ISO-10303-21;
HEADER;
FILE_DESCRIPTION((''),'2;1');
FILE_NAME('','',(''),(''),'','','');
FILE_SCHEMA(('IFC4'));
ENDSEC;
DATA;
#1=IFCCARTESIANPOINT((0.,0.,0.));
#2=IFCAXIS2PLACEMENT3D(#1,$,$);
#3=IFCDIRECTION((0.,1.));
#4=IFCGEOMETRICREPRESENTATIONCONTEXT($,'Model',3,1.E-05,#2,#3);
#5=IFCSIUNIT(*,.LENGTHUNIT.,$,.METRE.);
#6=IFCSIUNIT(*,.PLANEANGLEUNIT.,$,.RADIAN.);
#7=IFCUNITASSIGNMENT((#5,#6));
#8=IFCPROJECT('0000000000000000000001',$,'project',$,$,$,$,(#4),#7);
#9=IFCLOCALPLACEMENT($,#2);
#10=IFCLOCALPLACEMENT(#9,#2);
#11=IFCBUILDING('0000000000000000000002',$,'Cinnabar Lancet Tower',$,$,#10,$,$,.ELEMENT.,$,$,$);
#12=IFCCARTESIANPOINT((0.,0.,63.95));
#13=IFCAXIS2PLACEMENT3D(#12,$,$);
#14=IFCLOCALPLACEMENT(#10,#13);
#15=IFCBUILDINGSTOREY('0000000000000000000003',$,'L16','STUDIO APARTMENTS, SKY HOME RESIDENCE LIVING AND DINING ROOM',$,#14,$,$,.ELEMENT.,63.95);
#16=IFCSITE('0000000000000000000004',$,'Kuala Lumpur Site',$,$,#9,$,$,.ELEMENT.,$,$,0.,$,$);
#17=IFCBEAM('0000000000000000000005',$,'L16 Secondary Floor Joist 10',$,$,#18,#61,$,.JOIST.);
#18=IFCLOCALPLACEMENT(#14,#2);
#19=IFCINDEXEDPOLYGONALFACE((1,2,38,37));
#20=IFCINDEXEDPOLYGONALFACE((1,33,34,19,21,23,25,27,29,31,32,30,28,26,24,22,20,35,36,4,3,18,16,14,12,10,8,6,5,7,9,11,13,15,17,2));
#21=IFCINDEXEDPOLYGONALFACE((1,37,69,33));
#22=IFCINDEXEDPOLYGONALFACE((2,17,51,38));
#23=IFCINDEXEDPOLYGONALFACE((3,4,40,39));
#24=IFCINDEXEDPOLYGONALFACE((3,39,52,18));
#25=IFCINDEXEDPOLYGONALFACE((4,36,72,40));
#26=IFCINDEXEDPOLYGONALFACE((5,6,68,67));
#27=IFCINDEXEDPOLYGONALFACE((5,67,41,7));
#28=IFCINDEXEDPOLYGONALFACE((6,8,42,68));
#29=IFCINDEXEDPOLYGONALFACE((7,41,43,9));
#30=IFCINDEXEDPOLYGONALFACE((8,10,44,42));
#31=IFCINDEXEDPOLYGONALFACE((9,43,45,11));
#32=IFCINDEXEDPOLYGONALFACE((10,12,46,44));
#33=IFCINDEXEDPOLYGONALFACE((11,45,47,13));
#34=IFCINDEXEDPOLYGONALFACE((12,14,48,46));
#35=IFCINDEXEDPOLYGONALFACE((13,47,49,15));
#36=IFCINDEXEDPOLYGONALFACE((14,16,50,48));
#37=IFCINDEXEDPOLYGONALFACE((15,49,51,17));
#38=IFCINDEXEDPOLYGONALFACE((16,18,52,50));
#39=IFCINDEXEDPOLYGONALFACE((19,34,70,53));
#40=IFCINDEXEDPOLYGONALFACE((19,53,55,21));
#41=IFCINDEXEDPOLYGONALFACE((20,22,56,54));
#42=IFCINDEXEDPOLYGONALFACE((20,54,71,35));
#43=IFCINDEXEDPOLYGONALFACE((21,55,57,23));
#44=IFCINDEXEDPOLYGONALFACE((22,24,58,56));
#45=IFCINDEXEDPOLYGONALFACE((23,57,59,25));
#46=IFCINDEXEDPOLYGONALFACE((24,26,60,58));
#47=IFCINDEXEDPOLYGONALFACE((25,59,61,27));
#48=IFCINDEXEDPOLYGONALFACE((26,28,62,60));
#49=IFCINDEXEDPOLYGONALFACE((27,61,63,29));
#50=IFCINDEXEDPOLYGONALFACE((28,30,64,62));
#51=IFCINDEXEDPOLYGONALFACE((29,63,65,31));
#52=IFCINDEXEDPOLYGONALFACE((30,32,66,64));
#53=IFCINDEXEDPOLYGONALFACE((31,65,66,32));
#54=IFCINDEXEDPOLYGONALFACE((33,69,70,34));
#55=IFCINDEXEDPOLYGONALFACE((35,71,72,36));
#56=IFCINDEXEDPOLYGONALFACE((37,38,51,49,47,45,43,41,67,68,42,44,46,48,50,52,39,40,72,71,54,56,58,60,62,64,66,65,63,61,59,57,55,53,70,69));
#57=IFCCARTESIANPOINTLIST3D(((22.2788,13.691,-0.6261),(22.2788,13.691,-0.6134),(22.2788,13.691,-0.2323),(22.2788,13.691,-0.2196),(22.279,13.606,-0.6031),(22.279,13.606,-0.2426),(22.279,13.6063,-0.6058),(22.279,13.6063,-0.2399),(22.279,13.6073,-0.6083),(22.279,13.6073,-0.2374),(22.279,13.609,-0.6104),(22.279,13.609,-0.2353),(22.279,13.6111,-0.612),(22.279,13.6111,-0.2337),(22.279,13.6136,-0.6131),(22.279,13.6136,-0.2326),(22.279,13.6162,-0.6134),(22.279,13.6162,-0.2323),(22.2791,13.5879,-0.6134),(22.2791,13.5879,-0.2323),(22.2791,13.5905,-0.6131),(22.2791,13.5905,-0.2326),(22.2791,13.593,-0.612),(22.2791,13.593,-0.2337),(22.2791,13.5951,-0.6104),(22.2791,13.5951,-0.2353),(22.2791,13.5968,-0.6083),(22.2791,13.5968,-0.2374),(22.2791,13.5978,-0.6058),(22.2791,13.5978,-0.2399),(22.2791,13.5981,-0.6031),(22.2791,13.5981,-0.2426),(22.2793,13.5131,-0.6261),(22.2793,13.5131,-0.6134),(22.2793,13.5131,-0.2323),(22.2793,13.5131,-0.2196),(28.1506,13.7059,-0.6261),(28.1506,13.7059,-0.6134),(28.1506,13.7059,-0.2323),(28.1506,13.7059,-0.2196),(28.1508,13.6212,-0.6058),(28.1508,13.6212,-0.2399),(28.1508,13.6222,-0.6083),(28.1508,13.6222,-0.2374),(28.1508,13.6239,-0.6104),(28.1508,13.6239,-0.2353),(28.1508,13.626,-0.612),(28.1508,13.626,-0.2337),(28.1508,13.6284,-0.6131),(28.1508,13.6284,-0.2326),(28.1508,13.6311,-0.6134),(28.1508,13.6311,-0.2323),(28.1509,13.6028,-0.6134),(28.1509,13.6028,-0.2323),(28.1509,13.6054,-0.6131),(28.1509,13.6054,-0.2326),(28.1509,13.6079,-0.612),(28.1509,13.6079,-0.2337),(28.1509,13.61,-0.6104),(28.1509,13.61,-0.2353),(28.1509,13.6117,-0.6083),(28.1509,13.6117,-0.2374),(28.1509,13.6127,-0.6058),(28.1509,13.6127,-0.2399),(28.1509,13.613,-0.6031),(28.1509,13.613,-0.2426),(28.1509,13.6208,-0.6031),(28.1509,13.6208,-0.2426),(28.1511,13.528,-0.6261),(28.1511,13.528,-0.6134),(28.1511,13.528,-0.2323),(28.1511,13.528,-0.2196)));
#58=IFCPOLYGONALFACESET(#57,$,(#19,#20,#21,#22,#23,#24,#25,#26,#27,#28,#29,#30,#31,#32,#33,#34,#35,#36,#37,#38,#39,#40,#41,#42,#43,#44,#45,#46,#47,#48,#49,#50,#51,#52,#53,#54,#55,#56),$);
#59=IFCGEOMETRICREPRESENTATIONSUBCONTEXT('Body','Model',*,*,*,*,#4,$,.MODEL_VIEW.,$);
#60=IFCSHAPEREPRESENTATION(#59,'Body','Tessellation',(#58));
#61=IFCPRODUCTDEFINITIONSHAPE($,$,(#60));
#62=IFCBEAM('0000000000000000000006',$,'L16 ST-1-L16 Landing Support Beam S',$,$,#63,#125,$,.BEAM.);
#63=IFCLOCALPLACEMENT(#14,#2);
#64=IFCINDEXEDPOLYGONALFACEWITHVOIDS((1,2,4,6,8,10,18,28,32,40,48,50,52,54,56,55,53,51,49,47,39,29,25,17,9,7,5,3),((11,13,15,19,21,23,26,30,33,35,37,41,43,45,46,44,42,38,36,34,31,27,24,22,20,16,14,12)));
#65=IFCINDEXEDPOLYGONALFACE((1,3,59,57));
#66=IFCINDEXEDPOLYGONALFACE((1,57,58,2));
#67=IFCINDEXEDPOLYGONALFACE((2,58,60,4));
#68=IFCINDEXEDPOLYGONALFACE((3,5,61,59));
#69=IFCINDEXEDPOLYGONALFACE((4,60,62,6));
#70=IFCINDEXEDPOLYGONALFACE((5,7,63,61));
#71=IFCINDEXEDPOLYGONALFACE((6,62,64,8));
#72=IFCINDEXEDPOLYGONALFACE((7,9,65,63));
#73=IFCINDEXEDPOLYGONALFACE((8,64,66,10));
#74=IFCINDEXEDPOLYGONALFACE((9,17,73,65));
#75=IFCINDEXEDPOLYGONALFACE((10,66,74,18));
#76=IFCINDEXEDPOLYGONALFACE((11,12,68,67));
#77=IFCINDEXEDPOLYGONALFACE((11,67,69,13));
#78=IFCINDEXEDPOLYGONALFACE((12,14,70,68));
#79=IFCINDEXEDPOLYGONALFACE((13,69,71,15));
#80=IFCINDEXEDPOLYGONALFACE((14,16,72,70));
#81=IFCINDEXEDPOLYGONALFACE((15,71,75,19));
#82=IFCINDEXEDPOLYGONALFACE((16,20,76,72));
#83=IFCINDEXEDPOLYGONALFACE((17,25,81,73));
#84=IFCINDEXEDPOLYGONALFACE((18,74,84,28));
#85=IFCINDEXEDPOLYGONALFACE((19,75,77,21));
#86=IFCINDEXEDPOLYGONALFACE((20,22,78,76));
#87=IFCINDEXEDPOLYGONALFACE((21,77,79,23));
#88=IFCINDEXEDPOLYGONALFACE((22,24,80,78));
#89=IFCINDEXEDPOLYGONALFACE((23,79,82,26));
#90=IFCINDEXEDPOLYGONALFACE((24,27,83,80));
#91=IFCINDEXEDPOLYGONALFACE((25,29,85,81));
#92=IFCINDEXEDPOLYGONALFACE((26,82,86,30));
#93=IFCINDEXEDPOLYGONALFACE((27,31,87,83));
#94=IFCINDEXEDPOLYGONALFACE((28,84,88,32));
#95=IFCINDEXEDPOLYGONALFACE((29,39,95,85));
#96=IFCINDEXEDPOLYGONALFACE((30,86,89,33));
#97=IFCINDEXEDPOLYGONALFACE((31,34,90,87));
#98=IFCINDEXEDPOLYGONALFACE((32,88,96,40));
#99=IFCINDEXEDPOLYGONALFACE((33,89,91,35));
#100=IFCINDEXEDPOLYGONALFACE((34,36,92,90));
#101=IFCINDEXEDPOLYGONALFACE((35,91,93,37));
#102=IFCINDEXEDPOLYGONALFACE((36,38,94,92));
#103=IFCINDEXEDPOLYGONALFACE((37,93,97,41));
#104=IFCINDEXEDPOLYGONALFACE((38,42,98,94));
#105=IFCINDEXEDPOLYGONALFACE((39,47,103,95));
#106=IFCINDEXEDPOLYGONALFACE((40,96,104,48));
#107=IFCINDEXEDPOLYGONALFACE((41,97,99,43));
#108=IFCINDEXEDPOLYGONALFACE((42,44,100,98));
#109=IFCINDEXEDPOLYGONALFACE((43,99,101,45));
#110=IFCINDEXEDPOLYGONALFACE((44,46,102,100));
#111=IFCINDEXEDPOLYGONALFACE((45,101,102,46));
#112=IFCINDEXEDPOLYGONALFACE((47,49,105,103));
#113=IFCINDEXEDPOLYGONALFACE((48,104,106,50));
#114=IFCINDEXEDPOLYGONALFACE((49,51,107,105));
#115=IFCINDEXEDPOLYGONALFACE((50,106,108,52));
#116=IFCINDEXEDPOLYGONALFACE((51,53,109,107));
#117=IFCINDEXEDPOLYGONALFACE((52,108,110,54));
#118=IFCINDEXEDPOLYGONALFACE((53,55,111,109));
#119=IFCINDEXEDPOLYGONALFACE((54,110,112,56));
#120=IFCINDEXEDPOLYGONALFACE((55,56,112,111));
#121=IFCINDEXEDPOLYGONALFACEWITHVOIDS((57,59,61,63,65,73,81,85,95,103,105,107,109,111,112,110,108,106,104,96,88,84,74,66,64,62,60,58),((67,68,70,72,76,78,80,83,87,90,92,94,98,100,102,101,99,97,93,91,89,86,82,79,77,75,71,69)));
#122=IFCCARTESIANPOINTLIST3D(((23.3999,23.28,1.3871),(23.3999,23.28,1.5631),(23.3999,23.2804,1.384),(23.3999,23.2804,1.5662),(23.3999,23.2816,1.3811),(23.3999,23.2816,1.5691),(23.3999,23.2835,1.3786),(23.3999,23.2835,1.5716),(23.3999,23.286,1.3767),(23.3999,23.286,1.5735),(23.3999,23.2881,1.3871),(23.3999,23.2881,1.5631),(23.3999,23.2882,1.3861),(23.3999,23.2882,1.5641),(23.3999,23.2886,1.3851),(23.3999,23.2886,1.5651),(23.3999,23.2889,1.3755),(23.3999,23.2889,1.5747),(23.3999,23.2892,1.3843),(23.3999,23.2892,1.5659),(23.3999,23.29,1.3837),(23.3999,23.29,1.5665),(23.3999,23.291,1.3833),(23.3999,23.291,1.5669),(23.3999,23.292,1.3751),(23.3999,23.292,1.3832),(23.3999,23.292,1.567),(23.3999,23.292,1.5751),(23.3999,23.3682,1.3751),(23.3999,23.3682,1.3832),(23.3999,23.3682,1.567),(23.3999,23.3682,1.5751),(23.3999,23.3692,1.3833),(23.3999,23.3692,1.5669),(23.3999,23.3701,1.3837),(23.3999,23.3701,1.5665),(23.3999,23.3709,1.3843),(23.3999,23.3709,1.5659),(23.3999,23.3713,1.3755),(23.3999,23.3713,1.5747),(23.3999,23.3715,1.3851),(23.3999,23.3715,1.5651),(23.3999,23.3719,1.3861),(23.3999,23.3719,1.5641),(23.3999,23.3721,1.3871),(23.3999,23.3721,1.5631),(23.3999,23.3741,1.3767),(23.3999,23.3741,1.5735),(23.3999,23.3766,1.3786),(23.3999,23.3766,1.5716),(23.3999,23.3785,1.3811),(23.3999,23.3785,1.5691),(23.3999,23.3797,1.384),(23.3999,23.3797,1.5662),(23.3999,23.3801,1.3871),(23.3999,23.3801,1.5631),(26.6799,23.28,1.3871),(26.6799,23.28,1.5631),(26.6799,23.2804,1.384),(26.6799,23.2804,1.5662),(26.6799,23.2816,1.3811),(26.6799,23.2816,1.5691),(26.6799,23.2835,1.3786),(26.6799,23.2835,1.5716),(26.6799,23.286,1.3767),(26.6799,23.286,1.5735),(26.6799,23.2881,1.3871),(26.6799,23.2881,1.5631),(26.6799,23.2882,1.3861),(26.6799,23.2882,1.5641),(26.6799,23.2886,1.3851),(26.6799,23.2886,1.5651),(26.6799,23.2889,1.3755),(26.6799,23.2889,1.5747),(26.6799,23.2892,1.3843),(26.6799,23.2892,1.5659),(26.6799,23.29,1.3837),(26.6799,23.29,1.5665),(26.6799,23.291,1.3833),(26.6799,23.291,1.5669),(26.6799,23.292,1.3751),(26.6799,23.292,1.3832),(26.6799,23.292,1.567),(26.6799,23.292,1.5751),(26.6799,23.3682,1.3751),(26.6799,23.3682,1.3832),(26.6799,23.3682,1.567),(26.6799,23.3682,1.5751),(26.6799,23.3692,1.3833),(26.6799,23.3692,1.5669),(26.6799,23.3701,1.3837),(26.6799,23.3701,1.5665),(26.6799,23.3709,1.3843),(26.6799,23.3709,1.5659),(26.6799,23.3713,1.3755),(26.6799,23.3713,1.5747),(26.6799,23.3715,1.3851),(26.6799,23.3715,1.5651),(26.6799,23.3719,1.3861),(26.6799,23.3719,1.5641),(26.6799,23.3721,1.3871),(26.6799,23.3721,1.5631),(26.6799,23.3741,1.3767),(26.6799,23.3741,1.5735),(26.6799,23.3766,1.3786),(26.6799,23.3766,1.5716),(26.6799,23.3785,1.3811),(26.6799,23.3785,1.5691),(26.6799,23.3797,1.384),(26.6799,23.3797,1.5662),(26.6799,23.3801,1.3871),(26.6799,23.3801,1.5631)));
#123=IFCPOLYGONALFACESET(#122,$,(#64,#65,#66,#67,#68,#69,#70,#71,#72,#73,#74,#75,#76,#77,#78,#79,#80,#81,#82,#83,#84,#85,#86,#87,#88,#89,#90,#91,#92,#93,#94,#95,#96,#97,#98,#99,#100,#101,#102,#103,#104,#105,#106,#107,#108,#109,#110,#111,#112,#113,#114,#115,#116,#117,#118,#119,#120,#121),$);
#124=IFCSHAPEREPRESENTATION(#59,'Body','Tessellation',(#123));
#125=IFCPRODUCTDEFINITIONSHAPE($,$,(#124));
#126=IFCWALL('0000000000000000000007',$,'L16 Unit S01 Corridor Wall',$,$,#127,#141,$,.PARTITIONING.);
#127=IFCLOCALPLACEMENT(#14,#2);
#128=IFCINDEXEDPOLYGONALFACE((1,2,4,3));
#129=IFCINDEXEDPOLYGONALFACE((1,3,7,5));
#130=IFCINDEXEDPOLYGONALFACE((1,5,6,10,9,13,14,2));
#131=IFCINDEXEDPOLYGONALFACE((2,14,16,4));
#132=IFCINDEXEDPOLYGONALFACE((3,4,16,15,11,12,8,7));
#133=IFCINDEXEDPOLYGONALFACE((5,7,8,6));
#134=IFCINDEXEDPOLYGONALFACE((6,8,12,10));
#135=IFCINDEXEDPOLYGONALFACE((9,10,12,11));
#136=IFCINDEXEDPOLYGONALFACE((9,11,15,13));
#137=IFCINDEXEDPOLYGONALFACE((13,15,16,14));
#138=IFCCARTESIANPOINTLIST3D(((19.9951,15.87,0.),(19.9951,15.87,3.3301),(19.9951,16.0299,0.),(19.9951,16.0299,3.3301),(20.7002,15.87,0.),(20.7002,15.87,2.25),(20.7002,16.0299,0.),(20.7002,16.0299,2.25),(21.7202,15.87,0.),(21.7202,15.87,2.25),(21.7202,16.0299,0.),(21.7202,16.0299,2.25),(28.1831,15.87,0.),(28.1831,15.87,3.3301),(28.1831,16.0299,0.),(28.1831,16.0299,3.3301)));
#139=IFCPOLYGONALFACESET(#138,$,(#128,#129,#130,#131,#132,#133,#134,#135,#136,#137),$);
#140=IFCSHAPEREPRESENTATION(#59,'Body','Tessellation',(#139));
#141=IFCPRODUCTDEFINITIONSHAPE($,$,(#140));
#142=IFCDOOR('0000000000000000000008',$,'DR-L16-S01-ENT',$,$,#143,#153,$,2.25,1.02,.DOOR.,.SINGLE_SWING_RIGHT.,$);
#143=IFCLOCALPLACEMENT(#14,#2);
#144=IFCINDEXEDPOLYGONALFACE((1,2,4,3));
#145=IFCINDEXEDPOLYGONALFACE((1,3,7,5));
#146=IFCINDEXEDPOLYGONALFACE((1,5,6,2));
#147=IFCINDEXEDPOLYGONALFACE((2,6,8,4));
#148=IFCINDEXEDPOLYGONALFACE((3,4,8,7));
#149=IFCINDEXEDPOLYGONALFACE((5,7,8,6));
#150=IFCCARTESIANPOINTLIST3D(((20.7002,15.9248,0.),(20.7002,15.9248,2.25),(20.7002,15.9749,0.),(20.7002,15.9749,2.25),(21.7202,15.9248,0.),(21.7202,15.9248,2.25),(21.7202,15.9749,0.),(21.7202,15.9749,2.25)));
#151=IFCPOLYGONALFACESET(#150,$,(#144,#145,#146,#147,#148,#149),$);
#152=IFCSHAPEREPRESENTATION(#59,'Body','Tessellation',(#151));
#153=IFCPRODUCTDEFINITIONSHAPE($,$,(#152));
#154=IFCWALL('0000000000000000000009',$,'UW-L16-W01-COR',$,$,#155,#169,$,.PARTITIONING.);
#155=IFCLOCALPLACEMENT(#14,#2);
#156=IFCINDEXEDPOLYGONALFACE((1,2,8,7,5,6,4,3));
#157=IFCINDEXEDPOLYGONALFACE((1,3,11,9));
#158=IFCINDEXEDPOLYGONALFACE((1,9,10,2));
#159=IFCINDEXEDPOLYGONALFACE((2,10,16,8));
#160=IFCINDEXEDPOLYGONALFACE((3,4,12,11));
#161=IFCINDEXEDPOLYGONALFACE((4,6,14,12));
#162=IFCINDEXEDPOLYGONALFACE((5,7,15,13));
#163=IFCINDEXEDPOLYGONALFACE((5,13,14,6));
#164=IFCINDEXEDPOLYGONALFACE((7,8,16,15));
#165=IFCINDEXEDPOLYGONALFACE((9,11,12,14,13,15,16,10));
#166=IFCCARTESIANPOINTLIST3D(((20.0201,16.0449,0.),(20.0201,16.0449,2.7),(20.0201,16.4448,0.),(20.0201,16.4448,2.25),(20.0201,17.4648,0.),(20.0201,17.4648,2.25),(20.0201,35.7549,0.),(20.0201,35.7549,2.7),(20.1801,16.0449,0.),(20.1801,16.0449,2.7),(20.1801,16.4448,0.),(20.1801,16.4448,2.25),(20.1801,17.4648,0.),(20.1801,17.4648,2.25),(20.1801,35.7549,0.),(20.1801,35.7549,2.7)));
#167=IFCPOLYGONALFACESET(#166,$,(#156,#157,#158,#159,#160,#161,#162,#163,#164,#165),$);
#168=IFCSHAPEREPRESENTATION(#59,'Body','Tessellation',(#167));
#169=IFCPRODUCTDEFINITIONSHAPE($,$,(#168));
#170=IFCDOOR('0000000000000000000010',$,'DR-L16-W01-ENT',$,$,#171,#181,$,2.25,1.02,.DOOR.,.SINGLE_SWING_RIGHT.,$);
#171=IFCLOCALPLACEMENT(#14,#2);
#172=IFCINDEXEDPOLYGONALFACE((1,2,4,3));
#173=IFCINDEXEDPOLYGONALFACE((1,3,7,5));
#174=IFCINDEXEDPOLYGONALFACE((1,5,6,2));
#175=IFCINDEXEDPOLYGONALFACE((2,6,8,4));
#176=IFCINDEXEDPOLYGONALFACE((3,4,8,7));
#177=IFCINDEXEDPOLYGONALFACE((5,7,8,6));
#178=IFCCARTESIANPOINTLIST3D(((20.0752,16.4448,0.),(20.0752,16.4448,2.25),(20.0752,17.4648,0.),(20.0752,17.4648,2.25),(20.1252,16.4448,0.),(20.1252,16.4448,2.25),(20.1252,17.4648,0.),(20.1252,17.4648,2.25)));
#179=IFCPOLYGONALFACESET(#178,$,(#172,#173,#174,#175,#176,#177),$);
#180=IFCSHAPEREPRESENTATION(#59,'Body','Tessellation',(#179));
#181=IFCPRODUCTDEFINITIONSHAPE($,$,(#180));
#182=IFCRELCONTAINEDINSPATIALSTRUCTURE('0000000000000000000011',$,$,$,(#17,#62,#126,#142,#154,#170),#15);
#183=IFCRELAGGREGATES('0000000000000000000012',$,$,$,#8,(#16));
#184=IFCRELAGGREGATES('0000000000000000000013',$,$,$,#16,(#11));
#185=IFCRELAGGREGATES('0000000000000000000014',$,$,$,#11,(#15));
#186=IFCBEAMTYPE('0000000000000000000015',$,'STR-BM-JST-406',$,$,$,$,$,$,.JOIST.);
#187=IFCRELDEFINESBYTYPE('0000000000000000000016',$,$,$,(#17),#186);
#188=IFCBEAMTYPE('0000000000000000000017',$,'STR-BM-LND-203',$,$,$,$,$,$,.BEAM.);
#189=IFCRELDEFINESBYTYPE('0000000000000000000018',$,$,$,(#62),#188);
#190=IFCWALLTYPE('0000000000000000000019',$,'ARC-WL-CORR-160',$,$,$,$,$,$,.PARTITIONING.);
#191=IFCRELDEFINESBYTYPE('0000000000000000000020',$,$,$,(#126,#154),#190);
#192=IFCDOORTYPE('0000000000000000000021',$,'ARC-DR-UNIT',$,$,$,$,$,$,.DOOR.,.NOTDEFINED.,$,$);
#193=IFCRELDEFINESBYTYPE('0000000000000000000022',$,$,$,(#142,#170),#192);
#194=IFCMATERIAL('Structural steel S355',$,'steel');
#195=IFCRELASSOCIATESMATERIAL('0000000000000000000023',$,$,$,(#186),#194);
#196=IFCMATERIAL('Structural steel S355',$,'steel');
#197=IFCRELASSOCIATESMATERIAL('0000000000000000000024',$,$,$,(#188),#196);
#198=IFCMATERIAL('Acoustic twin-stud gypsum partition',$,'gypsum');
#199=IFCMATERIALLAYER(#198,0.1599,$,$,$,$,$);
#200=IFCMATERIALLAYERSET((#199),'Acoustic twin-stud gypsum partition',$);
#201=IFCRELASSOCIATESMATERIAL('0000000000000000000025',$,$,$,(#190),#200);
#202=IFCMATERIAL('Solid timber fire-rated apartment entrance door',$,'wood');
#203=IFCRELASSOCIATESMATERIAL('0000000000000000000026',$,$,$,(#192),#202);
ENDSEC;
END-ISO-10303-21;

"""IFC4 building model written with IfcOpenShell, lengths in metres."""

from ifc_helpers import new_model, si_unit, direction, frame, frame_2d, origin, origin_2d, place, context, subcontext, project, spatial, rectangle, hollow_rectangle, i_section, extrude, material, layer, layer_set, material_profile, profile_set, type_object, element, fill, save


model = new_model("IFC4")

# Units and contexts
model_context = context("Model", 3, precision=1e-05, world=origin(), true_north=direction((0.0, 1.0)))
body_context = subcontext(model_context, "Body", "Model", "MODEL_VIEW")
ifc_project = project(units=[si_unit("LENGTHUNIT", "METRE"), si_unit("PLANEANGLEUNIT", "RADIAN")], contexts=[model_context])

# Site, building, storey
site_placement = place(None, origin())
site = spatial("IfcSite", under=ifc_project, at=site_placement, Name="Kuala Lumpur Site", CompositionType="ELEMENT", RefElevation=0.0)
building_placement = place(site_placement, origin())
building = spatial("IfcBuilding", under=site, at=building_placement, Name="Cinnabar Lancet Tower", CompositionType="ELEMENT")
storey_placement = place(building_placement, frame((0.0, 0.0, 63.95)))
storey = spatial("IfcBuildingStorey", under=building, at=storey_placement, Name="L16", Description="STUDIO APARTMENTS, SKY HOME RESIDENCE LIVING AND DINING ROOM", CompositionType="ELEMENT", Elevation=63.95)

# Beams
ifc_material_1 = material(Name="Structural steel S355", Category="steel")
ifc_material_profile_1 = material_profile(ifc_material_1, i_section(OverallWidth=0.178, OverallDepth=0.4065, WebThickness=0.0078, FlangeThickness=0.0127, FilletRadius=0.0103, at=origin_2d()), Name="UKB 406x178x60")
ifc_profile_set_1 = profile_set([ifc_material_profile_1], Name="Structural steel S355")
beam_type_1 = type_object("IfcBeamType", Name="STR-BM-JST-406", PredefinedType="JOIST", material=ifc_profile_set_1)
beam_1_placement = place(storey_placement, frame((22.2791, 13.6021, -0.4229), z_axis=(0.999997, 0.002536, 0.0), x_axis=(-0.002536, 0.999997, 0.0)))
element("IfcBeam", 1, at=beam_1_placement, inside=storey, type_object=beam_type_1, Name="L16 Secondary Floor Joist 10", PredefinedType="JOIST", context=body_context, shape_type="SweptSolid", body=[
    extrude(i_section(OverallWidth=0.178, OverallDepth=0.4065, WebThickness=0.0078, FlangeThickness=0.0127, FilletRadius=0.0103, at=origin_2d()), origin(), (0.0, 0.0, 1.0), 5.8718),
])
ifc_material_2 = material(Name="Structural steel S355", Category="steel")
ifc_material_profile_2 = material_profile(ifc_material_2, hollow_rectangle(XDim=0.1001, YDim=0.2, WallThickness=0.0081, InnerFilletRadius=0.0039, OuterFilletRadius=0.012, at=origin_2d()), Name="RHS 200x100x8")
ifc_profile_set_2 = profile_set([ifc_material_profile_2], Name="Structural steel S355")
beam_type_2 = type_object("IfcBeamType", Name="STR-BM-LND-203", PredefinedType="BEAM", material=ifc_profile_set_2)
beam_2_placement = place(storey_placement, frame((23.3999, 23.3301, 1.4751), z_axis=(1.0, 0.0, 0.0), x_axis=(0.0, 1.0, 0.0)))
element("IfcBeam", 2, at=beam_2_placement, inside=storey, type_object=beam_type_2, Name="L16 ST-1-L16 Landing Support Beam S", PredefinedType="BEAM", context=body_context, shape_type="SweptSolid", body=[
    extrude(hollow_rectangle(XDim=0.1001, YDim=0.2, WallThickness=0.0081, InnerFilletRadius=0.0039, OuterFilletRadius=0.012, at=origin_2d()), origin(), (0.0, 0.0, 1.0), 3.28),
])

# Walls, openings, doors
ifc_material_3 = material(Name="Acoustic twin-stud gypsum partition", Category="gypsum")
ifc_layer_1 = layer(ifc_material_3, 0.1599)
ifc_layer_set_1 = layer_set([ifc_layer_1], Name="Acoustic twin-stud gypsum partition")
wall_type_1 = type_object("IfcWallType", Name="ARC-WL-CORR-160", PredefinedType="PARTITIONING", material=ifc_layer_set_1)
wall_1_placement = place(storey_placement, frame((19.9951, 15.95, 0.0), z_axis=(0.0, 0.0, 1.0), x_axis=(1.0, 0.0, 0.0)))
wall_1 = element("IfcWall", 3, at=wall_1_placement, inside=storey, type_object=wall_type_1, Name="L16 Unit S01 Corridor Wall", PredefinedType="PARTITIONING", context=body_context, shape_type="SweptSolid", body=[
    extrude(rectangle(XDim=8.188, YDim=0.1599, at=frame_2d((4.094, 0.0))), origin(), (0.0, 0.0, 1.0), 3.3301),
])
opening_1_placement = place(wall_1_placement, frame((0.7051, 0.0, 0.0)))
opening_1 = element("IfcOpeningElement", 4, at=opening_1_placement, cuts=wall_1, PredefinedType="OPENING", context=body_context, shape_type="SweptSolid", body=[
    extrude(rectangle(XDim=1.02, YDim=2.25, at=frame_2d((0.51, 1.125))), frame((0.0, 0.0898, 0.0), z_axis=(0.0, -1.0, 0.0), x_axis=(1.0, 0.0, 0.0)), (0.0, 0.0, 1.0), 0.1799),
])
ifc_material_4 = material(Name="Solid timber fire-rated apartment entrance door", Category="wood")
door_type_1 = type_object("IfcDoorType", Name="ARC-DR-UNIT", OperationType="NOTDEFINED", PredefinedType="DOOR", material=ifc_material_4)
door_1_placement = place(opening_1_placement, origin())
door_1 = element("IfcDoor", 5, at=door_1_placement, inside=storey, type_object=door_type_1, Name="DR-L16-S01-ENT", OperationType="SINGLE_SWING_RIGHT", OverallHeight=2.25, OverallWidth=1.02, PredefinedType="DOOR", context=body_context, shape_type="SweptSolid", body=[
    extrude(rectangle(XDim=1.02, YDim=2.25, at=frame_2d((0.51, 1.125))), frame((0.0, 0.0249, 0.0), z_axis=(0.0, -1.0, 0.0), x_axis=(1.0, 0.0, 0.0)), (0.0, 0.0, 1.0), 0.05),
])
fill(opening_1, door_1)
wall_2_placement = place(storey_placement, frame((20.1001, 16.0449, 0.0), z_axis=(0.0, 0.0, 1.0), x_axis=(0.0, 1.0, 0.0)))
wall_2 = element("IfcWall", 6, at=wall_2_placement, inside=storey, type_object=wall_type_1, Name="UW-L16-W01-COR", PredefinedType="PARTITIONING", context=body_context, shape_type="SweptSolid", body=[
    extrude(rectangle(XDim=19.71, YDim=0.1599, at=frame_2d((9.855, 0.0))), origin(), (0.0, 0.0, 1.0), 2.7),
])
opening_2_placement = place(wall_2_placement, frame((0.3999, 0.0, 0.0)))
opening_2 = element("IfcOpeningElement", 7, at=opening_2_placement, cuts=wall_2, PredefinedType="OPENING", context=body_context, shape_type="SweptSolid", body=[
    extrude(rectangle(XDim=1.02, YDim=2.25, at=frame_2d((0.51, 1.125))), frame((0.0, 0.0898, 0.0), z_axis=(0.0, -1.0, 0.0), x_axis=(1.0, 0.0, 0.0)), (0.0, 0.0, 1.0), 0.1799),
])
door_2_placement = place(opening_2_placement, origin())
door_2 = element("IfcDoor", 8, at=door_2_placement, inside=storey, type_object=door_type_1, Name="DR-L16-W01-ENT", OperationType="SINGLE_SWING_RIGHT", OverallHeight=2.25, OverallWidth=1.02, PredefinedType="DOOR", context=body_context, shape_type="SweptSolid", body=[
    extrude(rectangle(XDim=1.02, YDim=2.25, at=frame_2d((0.51, 1.125))), frame((0.0, 0.0249, 0.0), z_axis=(0.0, -1.0, 0.0), x_axis=(1.0, 0.0, 0.0)), (0.0, 0.0, 1.0), 0.05),
])
fill(opening_2, door_2)

save(model, "model.ifc")
